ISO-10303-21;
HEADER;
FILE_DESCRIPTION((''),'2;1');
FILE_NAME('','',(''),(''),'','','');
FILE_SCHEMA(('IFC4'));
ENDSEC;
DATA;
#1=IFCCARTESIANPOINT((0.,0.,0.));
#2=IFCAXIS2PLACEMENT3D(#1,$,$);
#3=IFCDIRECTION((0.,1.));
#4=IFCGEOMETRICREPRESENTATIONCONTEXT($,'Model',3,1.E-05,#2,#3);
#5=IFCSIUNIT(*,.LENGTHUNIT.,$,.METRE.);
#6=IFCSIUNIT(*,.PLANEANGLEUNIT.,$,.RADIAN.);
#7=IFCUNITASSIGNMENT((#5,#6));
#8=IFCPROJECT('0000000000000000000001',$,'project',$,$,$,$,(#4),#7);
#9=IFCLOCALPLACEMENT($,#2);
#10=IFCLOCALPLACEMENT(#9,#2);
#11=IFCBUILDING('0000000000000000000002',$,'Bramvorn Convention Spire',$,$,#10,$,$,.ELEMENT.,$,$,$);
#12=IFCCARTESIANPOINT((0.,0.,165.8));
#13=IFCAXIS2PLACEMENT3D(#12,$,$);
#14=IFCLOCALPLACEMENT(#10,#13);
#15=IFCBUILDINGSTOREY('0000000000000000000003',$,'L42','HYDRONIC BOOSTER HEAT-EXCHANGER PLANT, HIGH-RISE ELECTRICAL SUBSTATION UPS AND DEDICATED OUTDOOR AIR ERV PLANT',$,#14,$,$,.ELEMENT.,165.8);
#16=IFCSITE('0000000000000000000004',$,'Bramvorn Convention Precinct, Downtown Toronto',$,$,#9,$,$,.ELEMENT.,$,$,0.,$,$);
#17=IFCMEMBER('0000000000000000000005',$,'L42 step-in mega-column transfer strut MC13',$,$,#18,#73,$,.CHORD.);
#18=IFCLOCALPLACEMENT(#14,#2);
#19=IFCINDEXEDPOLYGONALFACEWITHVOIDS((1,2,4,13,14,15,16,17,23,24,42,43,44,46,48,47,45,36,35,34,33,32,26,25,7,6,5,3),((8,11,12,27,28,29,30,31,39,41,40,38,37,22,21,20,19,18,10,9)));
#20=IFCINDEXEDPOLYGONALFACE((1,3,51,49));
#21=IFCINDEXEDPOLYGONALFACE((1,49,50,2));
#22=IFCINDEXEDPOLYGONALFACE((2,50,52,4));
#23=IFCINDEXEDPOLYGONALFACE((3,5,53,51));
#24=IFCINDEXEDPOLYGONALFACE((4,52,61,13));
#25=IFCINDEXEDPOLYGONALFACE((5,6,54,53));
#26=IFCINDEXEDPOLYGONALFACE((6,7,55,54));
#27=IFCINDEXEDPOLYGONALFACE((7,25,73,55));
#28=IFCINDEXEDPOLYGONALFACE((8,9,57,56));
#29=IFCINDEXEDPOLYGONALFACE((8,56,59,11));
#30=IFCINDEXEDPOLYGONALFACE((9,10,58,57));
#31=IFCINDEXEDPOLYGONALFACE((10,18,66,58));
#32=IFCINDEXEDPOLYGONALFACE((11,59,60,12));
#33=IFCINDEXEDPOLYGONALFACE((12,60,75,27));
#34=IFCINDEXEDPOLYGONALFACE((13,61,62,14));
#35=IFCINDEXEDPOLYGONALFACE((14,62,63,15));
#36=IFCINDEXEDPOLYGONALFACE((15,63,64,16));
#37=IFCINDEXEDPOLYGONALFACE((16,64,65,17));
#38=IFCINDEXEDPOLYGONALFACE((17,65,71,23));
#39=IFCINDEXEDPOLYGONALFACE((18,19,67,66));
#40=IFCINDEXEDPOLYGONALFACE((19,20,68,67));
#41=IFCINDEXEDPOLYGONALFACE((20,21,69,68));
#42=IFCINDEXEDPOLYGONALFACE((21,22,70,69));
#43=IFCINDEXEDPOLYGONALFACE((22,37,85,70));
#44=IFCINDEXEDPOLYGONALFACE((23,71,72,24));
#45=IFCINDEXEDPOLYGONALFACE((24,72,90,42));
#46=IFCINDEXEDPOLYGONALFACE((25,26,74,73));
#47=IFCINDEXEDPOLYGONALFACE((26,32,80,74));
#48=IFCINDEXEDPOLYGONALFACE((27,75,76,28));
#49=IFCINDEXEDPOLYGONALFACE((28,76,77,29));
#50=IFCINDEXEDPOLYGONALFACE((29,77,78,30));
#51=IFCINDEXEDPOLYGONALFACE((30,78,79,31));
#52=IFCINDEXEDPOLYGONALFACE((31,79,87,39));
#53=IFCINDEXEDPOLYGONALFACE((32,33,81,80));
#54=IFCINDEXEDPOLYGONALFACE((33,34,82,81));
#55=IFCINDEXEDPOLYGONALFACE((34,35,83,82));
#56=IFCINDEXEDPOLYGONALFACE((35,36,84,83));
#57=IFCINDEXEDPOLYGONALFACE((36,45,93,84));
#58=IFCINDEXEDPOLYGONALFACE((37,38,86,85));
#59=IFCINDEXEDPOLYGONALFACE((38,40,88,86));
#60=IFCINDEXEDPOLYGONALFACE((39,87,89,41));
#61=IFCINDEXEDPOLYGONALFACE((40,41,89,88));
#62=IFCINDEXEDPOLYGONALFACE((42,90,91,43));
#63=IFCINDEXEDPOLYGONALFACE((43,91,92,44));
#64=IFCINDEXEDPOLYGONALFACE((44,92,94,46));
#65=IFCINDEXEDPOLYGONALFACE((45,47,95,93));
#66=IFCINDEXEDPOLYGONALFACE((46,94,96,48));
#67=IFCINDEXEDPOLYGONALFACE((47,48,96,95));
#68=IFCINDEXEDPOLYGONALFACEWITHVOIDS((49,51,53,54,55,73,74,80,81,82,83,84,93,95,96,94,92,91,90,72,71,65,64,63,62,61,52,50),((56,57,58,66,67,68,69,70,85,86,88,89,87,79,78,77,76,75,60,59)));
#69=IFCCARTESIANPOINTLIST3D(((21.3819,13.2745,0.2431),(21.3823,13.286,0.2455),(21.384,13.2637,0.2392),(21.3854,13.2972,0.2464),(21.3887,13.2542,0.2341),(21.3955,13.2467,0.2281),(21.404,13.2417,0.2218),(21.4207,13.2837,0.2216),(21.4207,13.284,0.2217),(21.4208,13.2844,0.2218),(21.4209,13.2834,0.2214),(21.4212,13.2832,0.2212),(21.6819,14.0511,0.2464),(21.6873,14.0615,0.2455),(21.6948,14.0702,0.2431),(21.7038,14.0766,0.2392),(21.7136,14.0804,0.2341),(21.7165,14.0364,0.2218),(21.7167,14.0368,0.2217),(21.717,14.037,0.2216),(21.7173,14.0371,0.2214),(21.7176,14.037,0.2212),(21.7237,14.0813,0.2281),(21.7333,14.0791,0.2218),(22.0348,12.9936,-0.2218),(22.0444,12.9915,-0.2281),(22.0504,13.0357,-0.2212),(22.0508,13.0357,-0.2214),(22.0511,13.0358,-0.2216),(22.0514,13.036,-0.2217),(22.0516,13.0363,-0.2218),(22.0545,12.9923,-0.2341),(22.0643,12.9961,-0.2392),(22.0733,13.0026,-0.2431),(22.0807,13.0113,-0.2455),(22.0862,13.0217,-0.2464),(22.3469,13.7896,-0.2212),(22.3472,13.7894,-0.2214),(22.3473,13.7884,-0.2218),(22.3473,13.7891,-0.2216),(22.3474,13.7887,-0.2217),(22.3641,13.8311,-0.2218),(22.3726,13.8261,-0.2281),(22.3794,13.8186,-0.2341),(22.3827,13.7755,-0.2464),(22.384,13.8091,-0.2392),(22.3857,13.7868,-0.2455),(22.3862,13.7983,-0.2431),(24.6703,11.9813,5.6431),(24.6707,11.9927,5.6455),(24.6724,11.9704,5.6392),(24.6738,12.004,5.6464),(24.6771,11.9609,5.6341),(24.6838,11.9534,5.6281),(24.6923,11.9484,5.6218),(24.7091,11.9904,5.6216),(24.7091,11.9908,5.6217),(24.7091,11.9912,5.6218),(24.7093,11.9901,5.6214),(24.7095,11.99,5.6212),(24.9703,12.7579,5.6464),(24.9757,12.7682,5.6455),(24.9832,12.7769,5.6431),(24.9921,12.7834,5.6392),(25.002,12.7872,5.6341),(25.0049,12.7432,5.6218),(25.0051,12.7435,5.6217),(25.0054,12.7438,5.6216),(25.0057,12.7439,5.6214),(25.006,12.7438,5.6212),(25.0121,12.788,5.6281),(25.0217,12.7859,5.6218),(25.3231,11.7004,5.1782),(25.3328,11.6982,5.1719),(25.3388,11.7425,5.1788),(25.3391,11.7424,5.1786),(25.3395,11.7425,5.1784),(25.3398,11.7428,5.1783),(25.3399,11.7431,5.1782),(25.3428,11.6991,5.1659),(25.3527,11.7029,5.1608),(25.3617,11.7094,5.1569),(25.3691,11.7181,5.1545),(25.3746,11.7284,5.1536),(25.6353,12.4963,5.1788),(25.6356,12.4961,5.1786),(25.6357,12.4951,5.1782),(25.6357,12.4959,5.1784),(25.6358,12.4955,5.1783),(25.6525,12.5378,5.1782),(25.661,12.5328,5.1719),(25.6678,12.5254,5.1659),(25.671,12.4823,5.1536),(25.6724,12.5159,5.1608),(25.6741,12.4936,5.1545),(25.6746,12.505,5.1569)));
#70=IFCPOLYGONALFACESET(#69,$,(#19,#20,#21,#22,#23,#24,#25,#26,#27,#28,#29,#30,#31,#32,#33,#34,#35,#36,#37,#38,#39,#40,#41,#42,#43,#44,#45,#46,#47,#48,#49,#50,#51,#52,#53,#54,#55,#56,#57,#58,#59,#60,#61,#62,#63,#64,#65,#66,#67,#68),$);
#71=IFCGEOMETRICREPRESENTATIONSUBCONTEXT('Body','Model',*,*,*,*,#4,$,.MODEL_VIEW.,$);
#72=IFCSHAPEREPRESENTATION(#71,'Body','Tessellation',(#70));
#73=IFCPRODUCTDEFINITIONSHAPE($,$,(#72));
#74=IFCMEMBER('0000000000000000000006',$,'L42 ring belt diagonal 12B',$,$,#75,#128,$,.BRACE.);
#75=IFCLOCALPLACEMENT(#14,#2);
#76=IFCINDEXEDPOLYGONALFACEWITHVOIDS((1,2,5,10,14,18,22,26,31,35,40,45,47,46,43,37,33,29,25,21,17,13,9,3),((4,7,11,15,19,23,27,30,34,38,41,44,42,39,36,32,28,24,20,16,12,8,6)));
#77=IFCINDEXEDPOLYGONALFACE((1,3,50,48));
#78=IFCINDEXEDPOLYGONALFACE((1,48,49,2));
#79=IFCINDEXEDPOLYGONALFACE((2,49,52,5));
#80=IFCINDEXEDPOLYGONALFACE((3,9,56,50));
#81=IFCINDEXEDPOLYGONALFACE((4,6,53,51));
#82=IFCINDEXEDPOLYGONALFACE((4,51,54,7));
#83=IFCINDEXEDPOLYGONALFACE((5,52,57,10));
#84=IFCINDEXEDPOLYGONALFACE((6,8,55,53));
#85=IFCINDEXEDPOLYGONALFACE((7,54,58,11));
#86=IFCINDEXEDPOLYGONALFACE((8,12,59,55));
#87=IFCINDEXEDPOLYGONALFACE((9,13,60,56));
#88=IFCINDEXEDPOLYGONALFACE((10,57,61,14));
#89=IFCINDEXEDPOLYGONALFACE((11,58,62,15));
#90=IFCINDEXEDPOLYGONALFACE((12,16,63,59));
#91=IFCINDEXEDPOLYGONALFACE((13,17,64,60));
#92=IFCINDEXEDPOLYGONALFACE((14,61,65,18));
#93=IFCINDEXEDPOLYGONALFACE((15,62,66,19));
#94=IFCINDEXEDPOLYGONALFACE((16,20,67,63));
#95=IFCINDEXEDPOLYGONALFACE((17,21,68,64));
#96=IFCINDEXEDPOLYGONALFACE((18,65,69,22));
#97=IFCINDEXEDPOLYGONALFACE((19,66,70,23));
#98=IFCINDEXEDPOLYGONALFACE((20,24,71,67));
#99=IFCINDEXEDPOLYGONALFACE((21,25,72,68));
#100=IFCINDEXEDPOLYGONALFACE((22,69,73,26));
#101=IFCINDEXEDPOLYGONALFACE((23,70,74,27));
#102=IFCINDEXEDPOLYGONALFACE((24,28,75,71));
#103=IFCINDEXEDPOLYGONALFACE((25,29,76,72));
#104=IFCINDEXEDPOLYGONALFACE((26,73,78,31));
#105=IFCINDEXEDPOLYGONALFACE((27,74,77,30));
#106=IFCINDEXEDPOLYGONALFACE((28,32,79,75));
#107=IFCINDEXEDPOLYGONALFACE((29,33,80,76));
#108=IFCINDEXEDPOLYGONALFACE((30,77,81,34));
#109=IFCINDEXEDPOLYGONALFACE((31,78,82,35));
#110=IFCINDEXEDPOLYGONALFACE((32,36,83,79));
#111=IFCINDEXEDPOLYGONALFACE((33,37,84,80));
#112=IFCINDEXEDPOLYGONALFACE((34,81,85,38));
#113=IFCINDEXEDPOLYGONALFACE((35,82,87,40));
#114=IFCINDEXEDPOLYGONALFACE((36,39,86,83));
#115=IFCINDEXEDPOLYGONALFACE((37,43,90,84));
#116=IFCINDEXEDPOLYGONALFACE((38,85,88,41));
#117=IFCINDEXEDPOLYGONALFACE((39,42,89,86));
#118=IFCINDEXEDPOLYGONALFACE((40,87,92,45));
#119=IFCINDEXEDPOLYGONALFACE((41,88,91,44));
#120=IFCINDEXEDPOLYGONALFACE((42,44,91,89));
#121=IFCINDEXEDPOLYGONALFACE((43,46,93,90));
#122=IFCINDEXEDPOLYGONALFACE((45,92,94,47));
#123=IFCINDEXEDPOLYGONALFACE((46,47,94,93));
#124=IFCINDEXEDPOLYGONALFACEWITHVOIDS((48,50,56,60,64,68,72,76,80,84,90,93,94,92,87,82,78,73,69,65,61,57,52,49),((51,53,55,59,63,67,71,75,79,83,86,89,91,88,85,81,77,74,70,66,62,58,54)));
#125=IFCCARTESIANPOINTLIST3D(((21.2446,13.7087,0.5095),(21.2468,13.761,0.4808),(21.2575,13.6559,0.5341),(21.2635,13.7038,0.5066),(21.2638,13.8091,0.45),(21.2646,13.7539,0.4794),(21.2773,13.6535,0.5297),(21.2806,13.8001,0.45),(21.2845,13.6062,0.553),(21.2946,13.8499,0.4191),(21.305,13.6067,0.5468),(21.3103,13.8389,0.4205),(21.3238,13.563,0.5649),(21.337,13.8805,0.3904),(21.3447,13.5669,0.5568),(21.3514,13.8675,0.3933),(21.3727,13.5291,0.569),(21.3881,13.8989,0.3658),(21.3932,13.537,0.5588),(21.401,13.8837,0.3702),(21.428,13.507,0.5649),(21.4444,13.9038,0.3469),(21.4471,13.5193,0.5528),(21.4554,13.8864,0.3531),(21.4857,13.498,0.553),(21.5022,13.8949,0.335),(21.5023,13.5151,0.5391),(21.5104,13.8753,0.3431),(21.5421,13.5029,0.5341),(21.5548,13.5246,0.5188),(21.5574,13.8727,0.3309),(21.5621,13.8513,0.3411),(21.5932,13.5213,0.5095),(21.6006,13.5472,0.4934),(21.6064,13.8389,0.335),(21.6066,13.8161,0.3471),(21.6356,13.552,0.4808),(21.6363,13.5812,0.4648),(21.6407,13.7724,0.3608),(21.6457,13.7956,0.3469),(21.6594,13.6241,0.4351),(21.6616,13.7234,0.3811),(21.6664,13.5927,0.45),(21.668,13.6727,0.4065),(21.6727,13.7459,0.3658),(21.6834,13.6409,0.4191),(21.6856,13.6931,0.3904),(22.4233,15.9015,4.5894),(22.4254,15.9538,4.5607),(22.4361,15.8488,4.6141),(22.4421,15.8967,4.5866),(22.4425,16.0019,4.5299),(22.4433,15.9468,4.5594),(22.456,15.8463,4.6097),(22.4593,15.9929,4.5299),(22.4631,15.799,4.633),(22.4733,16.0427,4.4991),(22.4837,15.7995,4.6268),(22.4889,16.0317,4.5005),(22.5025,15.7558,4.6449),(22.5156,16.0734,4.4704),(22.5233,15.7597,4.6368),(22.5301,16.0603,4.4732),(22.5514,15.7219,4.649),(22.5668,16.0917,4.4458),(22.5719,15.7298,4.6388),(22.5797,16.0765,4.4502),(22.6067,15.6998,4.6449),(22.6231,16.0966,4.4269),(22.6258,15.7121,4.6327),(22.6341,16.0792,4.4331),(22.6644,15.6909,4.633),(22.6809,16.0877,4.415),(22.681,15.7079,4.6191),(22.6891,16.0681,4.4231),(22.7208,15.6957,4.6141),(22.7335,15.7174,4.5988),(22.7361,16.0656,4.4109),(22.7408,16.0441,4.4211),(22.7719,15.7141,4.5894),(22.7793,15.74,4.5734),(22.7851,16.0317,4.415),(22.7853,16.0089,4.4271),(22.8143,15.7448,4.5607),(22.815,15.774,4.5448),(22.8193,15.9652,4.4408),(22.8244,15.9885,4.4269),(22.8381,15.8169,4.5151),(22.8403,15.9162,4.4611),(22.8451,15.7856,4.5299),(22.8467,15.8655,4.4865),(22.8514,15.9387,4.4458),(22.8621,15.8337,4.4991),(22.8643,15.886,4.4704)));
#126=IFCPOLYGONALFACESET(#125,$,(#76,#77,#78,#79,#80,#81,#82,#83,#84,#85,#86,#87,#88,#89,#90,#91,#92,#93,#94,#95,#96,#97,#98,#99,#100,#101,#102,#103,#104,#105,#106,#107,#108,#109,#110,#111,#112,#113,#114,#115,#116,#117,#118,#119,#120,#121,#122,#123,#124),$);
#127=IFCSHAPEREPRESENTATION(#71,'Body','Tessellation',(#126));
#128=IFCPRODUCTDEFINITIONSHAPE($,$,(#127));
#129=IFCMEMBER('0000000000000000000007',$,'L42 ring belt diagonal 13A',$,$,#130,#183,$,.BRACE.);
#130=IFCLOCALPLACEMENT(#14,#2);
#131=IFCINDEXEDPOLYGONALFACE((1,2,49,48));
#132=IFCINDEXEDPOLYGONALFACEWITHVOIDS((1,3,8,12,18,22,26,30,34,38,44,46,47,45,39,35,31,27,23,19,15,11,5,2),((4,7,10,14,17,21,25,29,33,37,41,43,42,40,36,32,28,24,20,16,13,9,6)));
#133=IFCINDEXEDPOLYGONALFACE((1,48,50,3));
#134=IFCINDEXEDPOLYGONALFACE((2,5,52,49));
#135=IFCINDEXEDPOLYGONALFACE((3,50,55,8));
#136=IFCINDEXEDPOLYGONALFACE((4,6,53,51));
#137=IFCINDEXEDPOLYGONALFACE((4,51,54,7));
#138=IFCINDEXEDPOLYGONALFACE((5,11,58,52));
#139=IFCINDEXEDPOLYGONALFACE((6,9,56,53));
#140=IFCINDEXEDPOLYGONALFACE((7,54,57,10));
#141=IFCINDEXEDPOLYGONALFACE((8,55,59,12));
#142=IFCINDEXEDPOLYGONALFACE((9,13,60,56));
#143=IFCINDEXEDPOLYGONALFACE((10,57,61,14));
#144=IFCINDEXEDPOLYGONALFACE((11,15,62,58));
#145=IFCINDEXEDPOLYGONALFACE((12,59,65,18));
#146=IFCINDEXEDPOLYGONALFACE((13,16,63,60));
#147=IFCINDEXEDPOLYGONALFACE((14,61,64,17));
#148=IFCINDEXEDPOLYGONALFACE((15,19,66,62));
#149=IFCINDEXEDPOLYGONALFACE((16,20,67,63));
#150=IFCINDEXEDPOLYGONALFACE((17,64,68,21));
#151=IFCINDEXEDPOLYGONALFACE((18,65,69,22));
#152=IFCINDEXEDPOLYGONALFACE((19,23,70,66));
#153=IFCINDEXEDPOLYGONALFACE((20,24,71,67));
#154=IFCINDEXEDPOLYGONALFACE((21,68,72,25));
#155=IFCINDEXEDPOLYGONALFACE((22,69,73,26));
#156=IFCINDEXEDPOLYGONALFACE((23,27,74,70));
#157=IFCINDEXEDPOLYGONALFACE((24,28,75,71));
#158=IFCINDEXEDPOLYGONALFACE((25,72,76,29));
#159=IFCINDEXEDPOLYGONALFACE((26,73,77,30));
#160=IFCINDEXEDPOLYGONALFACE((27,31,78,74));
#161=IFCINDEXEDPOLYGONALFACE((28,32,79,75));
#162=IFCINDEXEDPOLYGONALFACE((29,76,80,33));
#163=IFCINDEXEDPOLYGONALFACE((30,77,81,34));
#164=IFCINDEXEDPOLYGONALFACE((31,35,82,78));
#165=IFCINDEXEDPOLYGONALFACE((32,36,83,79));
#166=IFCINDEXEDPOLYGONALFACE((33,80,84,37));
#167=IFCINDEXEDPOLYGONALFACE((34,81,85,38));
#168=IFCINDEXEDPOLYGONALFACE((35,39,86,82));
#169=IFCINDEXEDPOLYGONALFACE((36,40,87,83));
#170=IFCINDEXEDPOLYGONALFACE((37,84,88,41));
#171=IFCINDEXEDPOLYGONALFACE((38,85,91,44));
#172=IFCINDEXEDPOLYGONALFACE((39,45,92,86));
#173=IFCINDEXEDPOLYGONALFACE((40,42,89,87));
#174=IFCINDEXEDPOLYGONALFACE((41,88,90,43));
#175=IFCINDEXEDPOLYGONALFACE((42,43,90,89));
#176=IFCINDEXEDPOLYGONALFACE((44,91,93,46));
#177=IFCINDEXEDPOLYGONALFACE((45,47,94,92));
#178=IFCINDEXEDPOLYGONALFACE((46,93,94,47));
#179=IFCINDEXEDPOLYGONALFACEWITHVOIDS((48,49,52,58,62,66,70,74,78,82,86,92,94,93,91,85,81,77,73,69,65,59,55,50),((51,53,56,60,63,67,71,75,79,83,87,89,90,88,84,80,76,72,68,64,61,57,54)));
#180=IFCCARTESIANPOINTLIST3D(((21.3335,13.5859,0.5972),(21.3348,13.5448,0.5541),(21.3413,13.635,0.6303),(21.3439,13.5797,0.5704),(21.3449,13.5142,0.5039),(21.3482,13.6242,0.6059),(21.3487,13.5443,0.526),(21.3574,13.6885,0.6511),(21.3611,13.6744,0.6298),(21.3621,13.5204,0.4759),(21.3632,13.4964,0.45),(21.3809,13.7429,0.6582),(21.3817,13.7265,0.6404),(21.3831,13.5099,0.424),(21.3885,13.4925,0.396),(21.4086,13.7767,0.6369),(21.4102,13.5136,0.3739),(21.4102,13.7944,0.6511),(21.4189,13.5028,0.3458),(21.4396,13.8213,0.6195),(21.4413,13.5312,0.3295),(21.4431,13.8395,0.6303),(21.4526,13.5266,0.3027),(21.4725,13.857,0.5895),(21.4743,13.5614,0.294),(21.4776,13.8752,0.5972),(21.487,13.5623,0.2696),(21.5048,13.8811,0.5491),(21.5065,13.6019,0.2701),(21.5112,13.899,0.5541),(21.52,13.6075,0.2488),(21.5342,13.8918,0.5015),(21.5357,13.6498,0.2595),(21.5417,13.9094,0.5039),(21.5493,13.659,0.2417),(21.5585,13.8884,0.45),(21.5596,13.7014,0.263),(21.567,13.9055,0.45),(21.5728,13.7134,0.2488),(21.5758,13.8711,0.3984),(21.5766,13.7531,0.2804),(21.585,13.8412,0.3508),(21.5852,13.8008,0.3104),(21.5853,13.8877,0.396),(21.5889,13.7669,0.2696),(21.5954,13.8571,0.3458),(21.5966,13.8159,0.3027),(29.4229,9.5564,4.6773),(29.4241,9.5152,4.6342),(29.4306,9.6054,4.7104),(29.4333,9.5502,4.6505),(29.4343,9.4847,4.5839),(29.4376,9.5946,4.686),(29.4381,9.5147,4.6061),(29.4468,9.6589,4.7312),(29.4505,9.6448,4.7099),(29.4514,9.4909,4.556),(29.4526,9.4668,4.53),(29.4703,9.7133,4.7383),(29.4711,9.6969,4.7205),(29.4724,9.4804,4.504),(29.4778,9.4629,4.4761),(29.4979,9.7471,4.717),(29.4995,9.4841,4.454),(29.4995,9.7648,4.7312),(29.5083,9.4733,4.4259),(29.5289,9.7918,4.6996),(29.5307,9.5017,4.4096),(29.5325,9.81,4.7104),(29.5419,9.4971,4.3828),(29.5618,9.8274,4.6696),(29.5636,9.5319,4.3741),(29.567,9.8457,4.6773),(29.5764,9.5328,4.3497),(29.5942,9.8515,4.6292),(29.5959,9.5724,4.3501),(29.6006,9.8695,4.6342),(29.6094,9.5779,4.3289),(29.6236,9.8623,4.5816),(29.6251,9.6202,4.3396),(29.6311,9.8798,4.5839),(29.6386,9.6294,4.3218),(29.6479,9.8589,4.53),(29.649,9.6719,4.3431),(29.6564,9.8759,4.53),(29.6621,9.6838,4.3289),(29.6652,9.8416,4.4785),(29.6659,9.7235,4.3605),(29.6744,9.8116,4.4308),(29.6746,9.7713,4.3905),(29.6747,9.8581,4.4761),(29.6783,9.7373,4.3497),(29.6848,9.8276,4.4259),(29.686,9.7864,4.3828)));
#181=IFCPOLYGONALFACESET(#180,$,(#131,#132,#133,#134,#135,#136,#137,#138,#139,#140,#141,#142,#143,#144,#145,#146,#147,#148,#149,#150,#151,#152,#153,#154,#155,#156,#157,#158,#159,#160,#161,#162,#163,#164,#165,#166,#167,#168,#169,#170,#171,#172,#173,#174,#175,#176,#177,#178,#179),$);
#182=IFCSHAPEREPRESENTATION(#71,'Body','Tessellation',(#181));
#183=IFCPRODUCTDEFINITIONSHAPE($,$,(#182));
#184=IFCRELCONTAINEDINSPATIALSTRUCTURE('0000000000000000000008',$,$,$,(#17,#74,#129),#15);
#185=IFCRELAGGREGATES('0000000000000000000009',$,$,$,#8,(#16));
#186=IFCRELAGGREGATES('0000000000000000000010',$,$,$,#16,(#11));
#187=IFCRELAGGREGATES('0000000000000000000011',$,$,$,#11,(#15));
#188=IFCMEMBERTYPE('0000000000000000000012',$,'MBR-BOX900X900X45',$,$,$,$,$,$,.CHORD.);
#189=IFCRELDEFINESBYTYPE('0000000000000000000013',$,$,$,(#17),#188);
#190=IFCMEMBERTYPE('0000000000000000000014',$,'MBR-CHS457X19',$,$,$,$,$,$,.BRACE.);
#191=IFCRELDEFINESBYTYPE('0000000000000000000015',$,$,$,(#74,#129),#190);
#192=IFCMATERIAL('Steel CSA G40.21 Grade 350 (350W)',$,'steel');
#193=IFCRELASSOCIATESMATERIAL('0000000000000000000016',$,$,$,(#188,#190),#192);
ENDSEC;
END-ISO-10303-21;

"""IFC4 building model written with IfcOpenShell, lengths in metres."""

from ifc_helpers import new_model, si_unit, direction, frame, origin, origin_2d, place, context, subcontext, project, spatial, hollow_rectangle, hollow_circle, extrude, material, material_profile, profile_set, type_object, element, save


model = new_model("IFC4")

# Units and contexts
model_context = context("Model", 3, precision=1e-05, world=origin(), true_north=direction((0.0, 1.0)))
body_context = subcontext(model_context, "Body", "Model", "MODEL_VIEW")
ifc_project = project(units=[si_unit("LENGTHUNIT", "METRE"), si_unit("PLANEANGLEUNIT", "RADIAN")], contexts=[model_context])

# Site, building, storey
site_placement = place(None, origin())
site = spatial("IfcSite", under=ifc_project, at=site_placement, Name="Bramvorn Convention Precinct, Downtown Toronto", CompositionType="ELEMENT", RefElevation=0.0)
building_placement = place(site_placement, origin())
building = spatial("IfcBuilding", under=site, at=building_placement, Name="Bramvorn Convention Spire", CompositionType="ELEMENT")
storey_placement = place(building_placement, frame((0.0, 0.0, 165.8)))
storey = spatial("IfcBuildingStorey", under=building, at=storey_placement, Name="L42", Description="HYDRONIC BOOSTER HEAT-EXCHANGER PLANT, HIGH-RISE ELECTRICAL SUBSTATION UPS AND DEDICATED OUTDOOR AIR ERV PLANT", CompositionType="ELEMENT", Elevation=165.8)

# Shared definitions
ifc_material_1 = material(Name="Steel CSA G40.21 Grade 350 (350W)", Category="steel")

# Members
ifc_material_profile_1 = material_profile(ifc_material_1, hollow_rectangle(XDim=0.8999, YDim=0.8999, WallThickness=0.0449, InnerFilletRadius=0.001, OuterFilletRadius=0.0449, at=origin_2d()))
ifc_profile_set_1 = profile_set([ifc_material_profile_1], Name="Steel CSA G40.21 Grade 350 (350W) - BOX900X900X45")
member_type_1 = type_object("IfcMemberType", Name="MBR-BOX900X900X45", PredefinedType="CHORD", material=ifc_profile_set_1)
member_1_placement = place(storey_placement, frame((21.884, 13.5364, 0.0), z_axis=(0.509562, -0.200397, 0.836772), x_axis=(0.365988, 0.93062, 0.0)))
element("IfcMember", 1, at=member_1_placement, inside=storey, type_object=member_type_1, Name="L42 step-in mega-column transfer strut MC13", PredefinedType="CHORD", context=body_context, shape_type="SweptSolid", body=[
    extrude(hollow_rectangle(XDim=0.8999, YDim=0.8999, WallThickness=0.0449, InnerFilletRadius=0.001, OuterFilletRadius=0.0449, at=origin_2d()), origin(), (0.0, 0.0, 1.0), 6.4534),
])
ifc_material_profile_2 = material_profile(ifc_material_1, hollow_circle(Radius=0.2285, WallThickness=0.019, at=origin_2d()))
ifc_profile_set_2 = profile_set([ifc_material_profile_2], Name="Steel CSA G40.21 Grade 350 (350W) - CHS457X19")
member_type_2 = type_object("IfcMemberType", Name="MBR-CHS457X19", PredefinedType="BRACE", material=ifc_profile_set_2)
member_2_placement = place(storey_placement, frame((21.4651, 13.7009, 0.45), z_axis=(0.24661, 0.458793, 0.853635), x_axis=(-0.880817, 0.473456, 0.0)))
element("IfcMember", 2, at=member_2_placement, inside=storey, type_object=member_type_2, Name="L42 ring belt diagonal 12B", PredefinedType="BRACE", context=body_context, shape_type="SweptSolid", body=[
    extrude(hollow_circle(Radius=0.2285, WallThickness=0.019, at=origin_2d()), origin(), (0.0, 0.0, 1.0), 4.7795),
])
member_3_placement = place(storey_placement, frame((21.4651, 13.7009, 0.45), z_axis=(0.81581, -0.406378, 0.411475), x_axis=(0.445873, 0.895096, 0.0)))
element("IfcMember", 3, at=member_3_placement, inside=storey, type_object=member_type_2, Name="L42 ring belt diagonal 13A", PredefinedType="BRACE", context=body_context, shape_type="SweptSolid", body=[
    extrude(hollow_circle(Radius=0.2285, WallThickness=0.019, at=origin_2d()), origin(), (0.0, 0.0, 1.0), 9.9158),
])

save(model, "model.ifc")
